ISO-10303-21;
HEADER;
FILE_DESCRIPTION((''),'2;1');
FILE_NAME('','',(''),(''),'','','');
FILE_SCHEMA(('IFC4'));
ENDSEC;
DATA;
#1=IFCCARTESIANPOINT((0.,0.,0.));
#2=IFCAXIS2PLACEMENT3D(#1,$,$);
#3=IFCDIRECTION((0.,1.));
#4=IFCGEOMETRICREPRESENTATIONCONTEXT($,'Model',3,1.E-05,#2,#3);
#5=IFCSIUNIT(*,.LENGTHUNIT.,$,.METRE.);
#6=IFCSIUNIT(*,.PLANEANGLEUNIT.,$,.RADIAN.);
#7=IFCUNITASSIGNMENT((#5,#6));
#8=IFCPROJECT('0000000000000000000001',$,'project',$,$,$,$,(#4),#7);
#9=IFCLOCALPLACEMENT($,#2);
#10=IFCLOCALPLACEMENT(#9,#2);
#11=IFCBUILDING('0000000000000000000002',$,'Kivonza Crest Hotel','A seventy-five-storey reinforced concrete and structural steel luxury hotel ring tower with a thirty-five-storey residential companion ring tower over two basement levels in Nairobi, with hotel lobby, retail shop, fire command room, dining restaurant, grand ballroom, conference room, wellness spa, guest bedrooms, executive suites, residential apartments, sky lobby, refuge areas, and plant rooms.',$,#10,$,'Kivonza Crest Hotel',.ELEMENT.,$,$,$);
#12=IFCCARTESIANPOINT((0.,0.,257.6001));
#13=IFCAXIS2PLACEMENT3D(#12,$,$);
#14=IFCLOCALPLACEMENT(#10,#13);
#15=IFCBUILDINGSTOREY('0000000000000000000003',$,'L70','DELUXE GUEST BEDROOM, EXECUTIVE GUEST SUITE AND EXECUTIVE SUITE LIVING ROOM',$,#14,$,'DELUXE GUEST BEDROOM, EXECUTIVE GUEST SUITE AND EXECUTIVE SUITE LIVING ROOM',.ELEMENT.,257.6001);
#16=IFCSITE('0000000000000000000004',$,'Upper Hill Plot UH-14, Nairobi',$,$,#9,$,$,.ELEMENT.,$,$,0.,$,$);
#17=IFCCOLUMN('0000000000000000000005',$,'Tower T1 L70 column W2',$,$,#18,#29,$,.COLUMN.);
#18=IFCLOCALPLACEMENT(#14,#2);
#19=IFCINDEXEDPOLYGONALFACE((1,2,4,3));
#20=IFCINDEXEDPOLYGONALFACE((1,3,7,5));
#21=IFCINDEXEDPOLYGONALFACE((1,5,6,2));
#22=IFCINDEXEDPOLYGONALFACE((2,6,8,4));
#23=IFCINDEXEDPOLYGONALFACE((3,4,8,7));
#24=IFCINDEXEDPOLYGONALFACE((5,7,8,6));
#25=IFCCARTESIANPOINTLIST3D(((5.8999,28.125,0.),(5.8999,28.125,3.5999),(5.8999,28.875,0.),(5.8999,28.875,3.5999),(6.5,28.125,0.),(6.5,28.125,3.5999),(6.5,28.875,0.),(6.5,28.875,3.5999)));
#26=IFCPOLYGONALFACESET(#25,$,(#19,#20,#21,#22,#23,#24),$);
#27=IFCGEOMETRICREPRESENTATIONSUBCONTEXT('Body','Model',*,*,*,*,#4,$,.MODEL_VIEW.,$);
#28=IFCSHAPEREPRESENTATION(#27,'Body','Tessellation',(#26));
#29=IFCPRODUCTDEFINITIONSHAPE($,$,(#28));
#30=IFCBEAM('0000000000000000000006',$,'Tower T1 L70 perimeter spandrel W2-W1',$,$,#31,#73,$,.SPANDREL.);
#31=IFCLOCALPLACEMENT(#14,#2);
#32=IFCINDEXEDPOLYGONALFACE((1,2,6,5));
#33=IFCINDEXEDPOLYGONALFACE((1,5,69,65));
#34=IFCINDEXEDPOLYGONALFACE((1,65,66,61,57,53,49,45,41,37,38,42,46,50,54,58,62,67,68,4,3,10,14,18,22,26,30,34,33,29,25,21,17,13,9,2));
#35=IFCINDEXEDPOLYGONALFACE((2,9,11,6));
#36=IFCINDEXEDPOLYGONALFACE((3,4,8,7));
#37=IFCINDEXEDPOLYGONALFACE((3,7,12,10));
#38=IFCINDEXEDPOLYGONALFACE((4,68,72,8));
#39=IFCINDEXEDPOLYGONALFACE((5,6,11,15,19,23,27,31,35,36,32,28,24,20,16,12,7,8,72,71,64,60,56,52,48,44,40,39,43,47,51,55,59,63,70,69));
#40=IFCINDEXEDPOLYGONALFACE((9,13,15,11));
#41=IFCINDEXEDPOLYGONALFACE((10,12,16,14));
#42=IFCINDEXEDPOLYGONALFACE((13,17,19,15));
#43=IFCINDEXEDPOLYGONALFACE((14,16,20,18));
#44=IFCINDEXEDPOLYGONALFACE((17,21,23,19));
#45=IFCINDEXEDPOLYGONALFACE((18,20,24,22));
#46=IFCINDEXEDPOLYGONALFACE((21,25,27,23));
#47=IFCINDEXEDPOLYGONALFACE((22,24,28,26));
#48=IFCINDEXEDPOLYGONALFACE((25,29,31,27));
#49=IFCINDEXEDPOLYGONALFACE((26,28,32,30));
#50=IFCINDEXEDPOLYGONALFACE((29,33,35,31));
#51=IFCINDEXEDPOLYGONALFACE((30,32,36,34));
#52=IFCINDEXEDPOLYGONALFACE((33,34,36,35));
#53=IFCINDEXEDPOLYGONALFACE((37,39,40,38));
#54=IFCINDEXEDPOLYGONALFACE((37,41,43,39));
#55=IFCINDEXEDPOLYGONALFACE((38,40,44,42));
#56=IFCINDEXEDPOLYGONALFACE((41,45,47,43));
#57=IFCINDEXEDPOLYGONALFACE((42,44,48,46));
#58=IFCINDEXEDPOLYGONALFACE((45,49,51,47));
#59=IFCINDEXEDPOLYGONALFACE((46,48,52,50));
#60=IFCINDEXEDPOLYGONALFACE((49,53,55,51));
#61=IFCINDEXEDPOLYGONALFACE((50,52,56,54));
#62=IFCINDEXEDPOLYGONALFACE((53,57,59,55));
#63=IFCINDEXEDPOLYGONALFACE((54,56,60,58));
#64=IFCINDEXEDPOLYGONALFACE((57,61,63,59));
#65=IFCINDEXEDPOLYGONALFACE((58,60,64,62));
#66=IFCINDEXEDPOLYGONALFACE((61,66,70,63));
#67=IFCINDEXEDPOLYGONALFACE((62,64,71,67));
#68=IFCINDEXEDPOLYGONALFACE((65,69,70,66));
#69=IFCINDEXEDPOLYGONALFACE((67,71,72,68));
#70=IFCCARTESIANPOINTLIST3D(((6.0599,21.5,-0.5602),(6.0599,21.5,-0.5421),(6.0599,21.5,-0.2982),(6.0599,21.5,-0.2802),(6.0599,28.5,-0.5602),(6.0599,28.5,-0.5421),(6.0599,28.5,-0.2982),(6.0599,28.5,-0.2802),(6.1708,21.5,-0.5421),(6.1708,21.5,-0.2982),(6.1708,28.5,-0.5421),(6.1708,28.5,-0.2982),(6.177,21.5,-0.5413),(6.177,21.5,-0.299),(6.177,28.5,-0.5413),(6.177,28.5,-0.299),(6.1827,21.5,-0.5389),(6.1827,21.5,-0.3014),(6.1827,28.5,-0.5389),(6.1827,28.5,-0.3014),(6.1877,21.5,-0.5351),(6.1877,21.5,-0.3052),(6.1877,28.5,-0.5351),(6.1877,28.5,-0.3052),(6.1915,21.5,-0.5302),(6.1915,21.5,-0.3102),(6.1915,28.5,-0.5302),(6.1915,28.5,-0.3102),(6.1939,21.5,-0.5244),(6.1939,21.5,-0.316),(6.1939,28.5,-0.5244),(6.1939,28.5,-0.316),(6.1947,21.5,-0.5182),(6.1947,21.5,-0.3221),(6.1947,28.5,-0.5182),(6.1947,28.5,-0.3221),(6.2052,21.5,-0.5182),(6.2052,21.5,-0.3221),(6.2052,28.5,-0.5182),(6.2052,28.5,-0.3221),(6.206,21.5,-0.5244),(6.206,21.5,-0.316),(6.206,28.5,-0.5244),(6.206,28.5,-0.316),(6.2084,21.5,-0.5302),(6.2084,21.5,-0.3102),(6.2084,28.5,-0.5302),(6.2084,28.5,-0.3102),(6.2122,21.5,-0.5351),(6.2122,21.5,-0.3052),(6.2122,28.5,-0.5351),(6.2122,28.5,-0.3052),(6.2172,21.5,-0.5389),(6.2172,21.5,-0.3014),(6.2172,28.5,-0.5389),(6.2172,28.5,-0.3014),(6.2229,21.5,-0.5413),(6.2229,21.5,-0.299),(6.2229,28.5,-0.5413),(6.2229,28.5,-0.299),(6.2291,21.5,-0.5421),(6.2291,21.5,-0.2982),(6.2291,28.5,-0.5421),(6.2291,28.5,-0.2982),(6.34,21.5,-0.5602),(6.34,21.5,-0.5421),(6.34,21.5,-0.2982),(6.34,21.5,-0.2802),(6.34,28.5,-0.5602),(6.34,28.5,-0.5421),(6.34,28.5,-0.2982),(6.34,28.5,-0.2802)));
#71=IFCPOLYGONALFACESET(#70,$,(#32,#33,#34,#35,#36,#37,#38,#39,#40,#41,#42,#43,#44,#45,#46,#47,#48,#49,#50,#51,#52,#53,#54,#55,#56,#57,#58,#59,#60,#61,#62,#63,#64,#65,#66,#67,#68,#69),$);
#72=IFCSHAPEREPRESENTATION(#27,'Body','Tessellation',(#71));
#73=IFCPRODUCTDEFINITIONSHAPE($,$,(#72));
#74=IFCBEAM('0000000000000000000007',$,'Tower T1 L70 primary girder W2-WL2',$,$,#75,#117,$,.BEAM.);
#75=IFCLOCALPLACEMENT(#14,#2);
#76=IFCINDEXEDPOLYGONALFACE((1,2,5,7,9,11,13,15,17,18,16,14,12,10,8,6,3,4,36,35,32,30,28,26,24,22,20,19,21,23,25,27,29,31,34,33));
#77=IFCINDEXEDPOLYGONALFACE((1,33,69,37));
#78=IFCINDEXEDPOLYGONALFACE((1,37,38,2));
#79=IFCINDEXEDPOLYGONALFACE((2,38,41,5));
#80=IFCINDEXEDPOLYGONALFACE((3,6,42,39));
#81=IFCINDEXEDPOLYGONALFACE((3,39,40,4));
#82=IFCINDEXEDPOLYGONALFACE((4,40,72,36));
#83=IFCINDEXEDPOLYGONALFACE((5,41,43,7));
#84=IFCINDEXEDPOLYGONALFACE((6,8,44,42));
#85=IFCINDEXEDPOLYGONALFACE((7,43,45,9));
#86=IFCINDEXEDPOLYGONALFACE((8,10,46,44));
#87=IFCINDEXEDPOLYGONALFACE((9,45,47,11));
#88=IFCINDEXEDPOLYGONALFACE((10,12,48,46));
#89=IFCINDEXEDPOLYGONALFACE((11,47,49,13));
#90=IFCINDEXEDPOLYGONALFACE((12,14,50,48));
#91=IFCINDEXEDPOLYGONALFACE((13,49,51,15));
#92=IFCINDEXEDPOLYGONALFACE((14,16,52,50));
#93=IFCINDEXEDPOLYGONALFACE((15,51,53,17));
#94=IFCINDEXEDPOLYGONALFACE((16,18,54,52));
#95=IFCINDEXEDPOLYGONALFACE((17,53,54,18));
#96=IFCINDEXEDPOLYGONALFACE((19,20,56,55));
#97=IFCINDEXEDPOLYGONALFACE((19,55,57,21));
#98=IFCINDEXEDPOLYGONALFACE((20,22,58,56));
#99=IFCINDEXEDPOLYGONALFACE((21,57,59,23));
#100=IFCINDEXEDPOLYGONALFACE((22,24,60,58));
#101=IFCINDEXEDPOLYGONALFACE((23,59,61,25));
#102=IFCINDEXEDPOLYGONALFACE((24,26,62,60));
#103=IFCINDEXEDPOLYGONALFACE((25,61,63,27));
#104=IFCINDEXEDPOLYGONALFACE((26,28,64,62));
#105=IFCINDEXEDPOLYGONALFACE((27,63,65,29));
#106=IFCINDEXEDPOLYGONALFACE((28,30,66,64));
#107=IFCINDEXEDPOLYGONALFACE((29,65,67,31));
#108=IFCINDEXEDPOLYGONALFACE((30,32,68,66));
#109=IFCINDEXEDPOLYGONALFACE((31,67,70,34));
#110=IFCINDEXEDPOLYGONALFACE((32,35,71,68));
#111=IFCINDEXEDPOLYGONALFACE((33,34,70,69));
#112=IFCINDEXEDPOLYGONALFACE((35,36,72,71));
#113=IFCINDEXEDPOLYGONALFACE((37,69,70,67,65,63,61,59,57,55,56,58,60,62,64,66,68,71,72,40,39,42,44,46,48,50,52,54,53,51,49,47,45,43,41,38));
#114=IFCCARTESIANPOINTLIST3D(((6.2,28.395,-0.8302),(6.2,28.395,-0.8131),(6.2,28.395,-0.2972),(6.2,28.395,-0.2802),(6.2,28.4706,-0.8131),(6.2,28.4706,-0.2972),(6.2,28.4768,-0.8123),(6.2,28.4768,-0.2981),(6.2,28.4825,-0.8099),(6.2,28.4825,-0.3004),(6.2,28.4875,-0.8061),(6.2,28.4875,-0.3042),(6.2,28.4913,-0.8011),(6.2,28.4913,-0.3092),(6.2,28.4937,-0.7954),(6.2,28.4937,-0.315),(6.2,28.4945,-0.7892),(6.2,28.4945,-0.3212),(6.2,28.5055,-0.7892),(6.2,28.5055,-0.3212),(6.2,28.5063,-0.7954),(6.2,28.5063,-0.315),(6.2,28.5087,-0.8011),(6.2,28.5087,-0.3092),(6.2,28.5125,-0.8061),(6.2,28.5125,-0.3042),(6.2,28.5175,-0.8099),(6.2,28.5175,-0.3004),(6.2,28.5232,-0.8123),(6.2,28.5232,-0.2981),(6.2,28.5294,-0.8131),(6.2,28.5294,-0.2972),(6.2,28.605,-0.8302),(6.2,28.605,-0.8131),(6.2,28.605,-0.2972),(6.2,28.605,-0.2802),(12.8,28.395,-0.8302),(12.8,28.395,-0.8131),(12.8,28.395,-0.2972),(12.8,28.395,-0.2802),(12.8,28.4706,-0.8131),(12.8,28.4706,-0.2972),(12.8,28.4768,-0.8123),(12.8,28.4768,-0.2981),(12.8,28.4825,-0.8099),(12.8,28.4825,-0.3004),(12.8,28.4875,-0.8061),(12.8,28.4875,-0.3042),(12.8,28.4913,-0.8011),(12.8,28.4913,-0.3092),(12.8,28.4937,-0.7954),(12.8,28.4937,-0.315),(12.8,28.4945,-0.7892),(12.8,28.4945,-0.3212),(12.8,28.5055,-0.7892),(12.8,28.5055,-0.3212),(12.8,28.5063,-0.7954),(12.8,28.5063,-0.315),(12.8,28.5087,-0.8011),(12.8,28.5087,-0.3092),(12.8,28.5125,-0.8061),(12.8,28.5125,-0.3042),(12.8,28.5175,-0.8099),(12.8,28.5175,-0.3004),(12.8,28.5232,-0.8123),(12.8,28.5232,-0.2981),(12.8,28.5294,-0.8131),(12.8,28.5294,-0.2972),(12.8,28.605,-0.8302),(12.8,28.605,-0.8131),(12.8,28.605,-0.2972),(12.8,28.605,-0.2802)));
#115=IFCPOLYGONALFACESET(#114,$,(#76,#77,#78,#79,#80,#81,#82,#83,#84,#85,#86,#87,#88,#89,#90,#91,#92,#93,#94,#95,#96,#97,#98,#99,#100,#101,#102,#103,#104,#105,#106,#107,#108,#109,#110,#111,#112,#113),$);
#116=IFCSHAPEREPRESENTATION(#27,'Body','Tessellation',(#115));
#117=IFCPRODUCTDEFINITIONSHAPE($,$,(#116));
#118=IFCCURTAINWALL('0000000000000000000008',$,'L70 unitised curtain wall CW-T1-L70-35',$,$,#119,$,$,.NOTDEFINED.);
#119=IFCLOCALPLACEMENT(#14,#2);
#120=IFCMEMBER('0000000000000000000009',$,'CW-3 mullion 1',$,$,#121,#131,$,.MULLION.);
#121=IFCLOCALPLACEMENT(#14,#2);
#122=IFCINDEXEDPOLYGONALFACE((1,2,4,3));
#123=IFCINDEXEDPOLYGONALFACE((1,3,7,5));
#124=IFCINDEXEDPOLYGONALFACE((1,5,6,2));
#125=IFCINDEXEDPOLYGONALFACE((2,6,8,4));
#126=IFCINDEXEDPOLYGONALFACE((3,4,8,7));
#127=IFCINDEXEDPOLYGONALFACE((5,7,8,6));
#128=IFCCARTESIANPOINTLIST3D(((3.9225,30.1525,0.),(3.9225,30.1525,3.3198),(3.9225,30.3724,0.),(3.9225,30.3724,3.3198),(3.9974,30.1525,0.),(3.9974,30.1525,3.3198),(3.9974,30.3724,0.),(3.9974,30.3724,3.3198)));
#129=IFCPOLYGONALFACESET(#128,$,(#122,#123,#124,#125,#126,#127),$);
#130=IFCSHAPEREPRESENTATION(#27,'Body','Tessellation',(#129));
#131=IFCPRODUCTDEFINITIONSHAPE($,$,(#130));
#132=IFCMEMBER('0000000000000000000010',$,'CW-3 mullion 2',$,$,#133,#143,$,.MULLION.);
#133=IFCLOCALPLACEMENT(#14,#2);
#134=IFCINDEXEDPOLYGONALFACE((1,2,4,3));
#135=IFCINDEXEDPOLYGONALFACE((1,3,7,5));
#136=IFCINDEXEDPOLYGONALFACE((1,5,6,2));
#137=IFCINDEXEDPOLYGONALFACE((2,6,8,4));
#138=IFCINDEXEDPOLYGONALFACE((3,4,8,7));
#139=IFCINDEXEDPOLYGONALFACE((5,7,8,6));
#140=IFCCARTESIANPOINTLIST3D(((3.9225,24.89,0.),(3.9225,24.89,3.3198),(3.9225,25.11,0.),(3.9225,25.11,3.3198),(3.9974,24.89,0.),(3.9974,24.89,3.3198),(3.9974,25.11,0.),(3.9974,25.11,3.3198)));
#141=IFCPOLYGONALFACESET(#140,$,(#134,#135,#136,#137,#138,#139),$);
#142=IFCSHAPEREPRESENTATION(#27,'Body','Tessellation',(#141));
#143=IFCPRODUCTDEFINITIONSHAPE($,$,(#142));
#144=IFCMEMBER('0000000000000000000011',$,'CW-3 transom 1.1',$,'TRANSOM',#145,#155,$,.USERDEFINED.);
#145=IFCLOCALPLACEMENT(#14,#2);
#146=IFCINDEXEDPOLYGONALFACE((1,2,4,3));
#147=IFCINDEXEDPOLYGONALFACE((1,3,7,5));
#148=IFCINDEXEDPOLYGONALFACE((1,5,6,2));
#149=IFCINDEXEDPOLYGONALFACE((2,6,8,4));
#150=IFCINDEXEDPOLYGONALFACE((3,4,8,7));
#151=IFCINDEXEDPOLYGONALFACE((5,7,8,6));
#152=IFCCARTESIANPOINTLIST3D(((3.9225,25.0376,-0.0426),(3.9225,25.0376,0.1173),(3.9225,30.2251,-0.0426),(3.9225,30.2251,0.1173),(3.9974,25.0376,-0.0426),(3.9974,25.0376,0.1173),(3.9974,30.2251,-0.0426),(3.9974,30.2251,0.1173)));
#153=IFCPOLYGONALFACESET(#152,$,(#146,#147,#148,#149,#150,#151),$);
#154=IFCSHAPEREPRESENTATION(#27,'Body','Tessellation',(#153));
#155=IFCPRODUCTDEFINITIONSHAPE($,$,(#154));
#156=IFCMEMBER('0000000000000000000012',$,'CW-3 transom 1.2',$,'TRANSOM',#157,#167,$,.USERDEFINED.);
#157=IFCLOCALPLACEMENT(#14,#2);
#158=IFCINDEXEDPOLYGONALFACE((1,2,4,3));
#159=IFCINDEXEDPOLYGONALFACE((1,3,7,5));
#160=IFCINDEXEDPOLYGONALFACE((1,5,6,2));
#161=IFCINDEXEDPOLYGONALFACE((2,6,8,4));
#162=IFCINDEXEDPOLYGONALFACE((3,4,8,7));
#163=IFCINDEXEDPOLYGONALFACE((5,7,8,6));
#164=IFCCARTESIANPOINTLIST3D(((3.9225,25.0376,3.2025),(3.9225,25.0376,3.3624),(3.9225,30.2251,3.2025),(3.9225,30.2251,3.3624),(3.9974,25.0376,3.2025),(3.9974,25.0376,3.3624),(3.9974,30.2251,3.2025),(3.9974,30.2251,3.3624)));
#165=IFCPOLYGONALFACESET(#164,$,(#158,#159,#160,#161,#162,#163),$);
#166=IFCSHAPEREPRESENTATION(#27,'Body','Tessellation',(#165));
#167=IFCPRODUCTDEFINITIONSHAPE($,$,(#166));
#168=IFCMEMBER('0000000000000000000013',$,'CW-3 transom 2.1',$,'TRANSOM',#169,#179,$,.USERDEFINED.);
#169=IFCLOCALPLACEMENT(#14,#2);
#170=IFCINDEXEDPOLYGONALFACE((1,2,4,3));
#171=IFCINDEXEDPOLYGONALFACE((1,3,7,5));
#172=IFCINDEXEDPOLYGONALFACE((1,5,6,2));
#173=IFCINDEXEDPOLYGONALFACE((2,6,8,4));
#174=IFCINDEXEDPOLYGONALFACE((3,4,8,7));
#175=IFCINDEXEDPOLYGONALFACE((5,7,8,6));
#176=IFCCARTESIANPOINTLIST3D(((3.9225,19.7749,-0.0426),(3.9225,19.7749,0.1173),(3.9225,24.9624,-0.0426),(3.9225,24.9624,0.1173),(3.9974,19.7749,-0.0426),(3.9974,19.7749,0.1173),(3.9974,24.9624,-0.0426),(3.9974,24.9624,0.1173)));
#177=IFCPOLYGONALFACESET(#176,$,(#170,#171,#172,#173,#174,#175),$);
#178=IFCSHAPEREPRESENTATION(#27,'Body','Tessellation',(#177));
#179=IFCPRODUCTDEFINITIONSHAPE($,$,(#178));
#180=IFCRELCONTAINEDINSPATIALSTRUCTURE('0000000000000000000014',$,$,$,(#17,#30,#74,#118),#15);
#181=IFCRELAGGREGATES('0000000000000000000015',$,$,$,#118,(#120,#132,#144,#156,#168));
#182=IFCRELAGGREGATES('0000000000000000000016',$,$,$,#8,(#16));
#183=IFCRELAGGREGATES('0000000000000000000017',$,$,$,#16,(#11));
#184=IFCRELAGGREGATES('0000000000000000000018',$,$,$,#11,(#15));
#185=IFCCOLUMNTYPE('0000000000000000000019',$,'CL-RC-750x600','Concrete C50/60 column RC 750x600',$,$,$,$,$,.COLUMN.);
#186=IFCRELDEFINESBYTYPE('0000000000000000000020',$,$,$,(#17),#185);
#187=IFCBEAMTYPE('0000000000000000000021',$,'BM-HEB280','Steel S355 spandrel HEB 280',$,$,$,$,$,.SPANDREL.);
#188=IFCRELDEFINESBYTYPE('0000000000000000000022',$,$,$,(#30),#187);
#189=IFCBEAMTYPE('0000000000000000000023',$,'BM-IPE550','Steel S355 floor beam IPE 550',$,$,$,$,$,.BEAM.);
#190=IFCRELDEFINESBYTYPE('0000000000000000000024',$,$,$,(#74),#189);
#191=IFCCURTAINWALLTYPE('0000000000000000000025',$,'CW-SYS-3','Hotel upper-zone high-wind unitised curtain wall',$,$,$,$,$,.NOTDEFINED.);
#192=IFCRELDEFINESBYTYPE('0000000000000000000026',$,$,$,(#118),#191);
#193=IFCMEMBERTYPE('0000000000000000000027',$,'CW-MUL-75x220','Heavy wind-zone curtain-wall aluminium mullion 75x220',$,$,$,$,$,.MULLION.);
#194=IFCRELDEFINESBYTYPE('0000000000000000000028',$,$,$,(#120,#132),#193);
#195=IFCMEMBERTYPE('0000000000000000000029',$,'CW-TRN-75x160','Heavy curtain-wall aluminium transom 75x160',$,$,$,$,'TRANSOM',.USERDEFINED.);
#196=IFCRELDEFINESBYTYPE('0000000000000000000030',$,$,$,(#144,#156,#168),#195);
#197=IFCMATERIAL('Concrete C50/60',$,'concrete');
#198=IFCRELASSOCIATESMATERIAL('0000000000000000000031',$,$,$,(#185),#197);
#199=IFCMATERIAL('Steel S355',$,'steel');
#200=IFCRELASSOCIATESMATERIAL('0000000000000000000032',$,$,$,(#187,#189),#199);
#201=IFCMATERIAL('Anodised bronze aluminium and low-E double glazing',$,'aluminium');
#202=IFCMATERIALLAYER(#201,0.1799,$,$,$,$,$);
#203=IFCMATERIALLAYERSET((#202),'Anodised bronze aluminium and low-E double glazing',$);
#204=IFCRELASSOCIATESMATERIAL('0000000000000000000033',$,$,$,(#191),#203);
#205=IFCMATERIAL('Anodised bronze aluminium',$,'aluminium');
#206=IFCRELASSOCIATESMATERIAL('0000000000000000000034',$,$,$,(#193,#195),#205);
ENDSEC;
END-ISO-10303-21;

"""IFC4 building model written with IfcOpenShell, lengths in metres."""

from ifc_helpers import new_model, si_unit, direction, frame, origin, origin_2d, place, context, subcontext, project, spatial, rectangle, i_section, extrude, material, layer, layer_set, material_profile, profile_set, type_object, element, aggregate, save


model = new_model("IFC4")

# Units and contexts
model_context = context("Model", 3, precision=1e-05, world=origin(), true_north=direction((0.0, 1.0)))
body_context = subcontext(model_context, "Body", "Model", "MODEL_VIEW")
ifc_project = project(units=[si_unit("LENGTHUNIT", "METRE"), si_unit("PLANEANGLEUNIT", "RADIAN")], contexts=[model_context])

# Site, building, storey
site_placement = place(None, origin())
site = spatial("IfcSite", under=ifc_project, at=site_placement, Name="Upper Hill Plot UH-14, Nairobi", CompositionType="ELEMENT", RefElevation=0.0)
building_placement = place(site_placement, origin())
building = spatial("IfcBuilding", under=site, at=building_placement, Name="Kivonza Crest Hotel", Description="A seventy-five-storey reinforced concrete and structural steel luxury hotel ring tower with a thirty-five-storey residential companion ring tower over two basement levels in Nairobi, with hotel lobby, retail shop, fire command room, dining restaurant, grand ballroom, conference room, wellness spa, guest bedrooms, executive suites, residential apartments, sky lobby, refuge areas, and plant rooms.", LongName="Kivonza Crest Hotel", CompositionType="ELEMENT")
storey_placement = place(building_placement, frame((0.0, 0.0, 257.6001)))
storey = spatial("IfcBuildingStorey", under=building, at=storey_placement, Name="L70", Description="DELUXE GUEST BEDROOM, EXECUTIVE GUEST SUITE AND EXECUTIVE SUITE LIVING ROOM", LongName="DELUXE GUEST BEDROOM, EXECUTIVE GUEST SUITE AND EXECUTIVE SUITE LIVING ROOM", CompositionType="ELEMENT", Elevation=257.6001)

# Column
ifc_material_1 = material(Name="Concrete C50/60", Category="concrete")
ifc_material_profile_1 = material_profile(ifc_material_1, rectangle(XDim=0.6001, YDim=0.75, at=origin_2d()), Name="RC 750x600")
ifc_profile_set_1 = profile_set([ifc_material_profile_1], Name="Concrete C50/60")
column_type = type_object("IfcColumnType", Name="CL-RC-750x600", Description="Concrete C50/60 column RC 750x600", PredefinedType="COLUMN", material=ifc_profile_set_1)
column_placement = place(storey_placement, frame((6.2, 28.5, 0.0), z_axis=(0.0, 0.0, 1.0), x_axis=(1.0, 0.0, 0.0)))
element("IfcColumn", 1, at=column_placement, inside=storey, type_object=column_type, Name="Tower T1 L70 column W2", PredefinedType="COLUMN", context=body_context, shape_type="SweptSolid", body=[
    extrude(rectangle(XDim=0.6001, YDim=0.75, at=origin_2d()), origin(), (0.0, 0.0, 1.0), 3.5999),
])

# Beams
ifc_material_2 = material(Name="Steel S355", Category="steel")
ifc_material_profile_2 = material_profile(ifc_material_2, i_section(OverallWidth=0.28, OverallDepth=0.28, WebThickness=0.0105, FlangeThickness=0.0181, FilletRadius=0.0239, at=origin_2d()), Name="HEB 280")
ifc_profile_set_2 = profile_set([ifc_material_profile_2], Name="Steel S355")
beam_type_1 = type_object("IfcBeamType", Name="BM-HEB280", Description="Steel S355 spandrel HEB 280", PredefinedType="SPANDREL", material=ifc_profile_set_2)
beam_1_placement = place(storey_placement, frame((6.2, 28.5, -0.4202), z_axis=(0.0, -1.0, 0.0), x_axis=(1.0, 0.0, 0.0)))
element("IfcBeam", 2, at=beam_1_placement, inside=storey, type_object=beam_type_1, Name="Tower T1 L70 perimeter spandrel W2-W1", PredefinedType="SPANDREL", context=body_context, shape_type="SweptSolid", body=[
    extrude(i_section(OverallWidth=0.28, OverallDepth=0.28, WebThickness=0.0105, FlangeThickness=0.0181, FilletRadius=0.0239, at=origin_2d()), origin(), (0.0, 0.0, 1.0), 7.0),
])
ifc_material_profile_3 = material_profile(ifc_material_2, i_section(OverallWidth=0.21, OverallDepth=0.55, WebThickness=0.011, FlangeThickness=0.0171, FilletRadius=0.0239, at=origin_2d()), Name="IPE 550")
ifc_profile_set_3 = profile_set([ifc_material_profile_3], Name="Steel S355")
beam_type_2 = type_object("IfcBeamType", Name="BM-IPE550", Description="Steel S355 floor beam IPE 550", PredefinedType="BEAM", material=ifc_profile_set_3)
beam_2_placement = place(storey_placement, frame((6.2, 28.5, -0.5552), z_axis=(1.0, 0.0, 0.0), x_axis=(0.0, 1.0, 0.0)))
element("IfcBeam", 3, at=beam_2_placement, inside=storey, type_object=beam_type_2, Name="Tower T1 L70 primary girder W2-WL2", PredefinedType="BEAM", context=body_context, shape_type="SweptSolid", body=[
    extrude(i_section(OverallWidth=0.21, OverallDepth=0.55, WebThickness=0.011, FlangeThickness=0.0171, FilletRadius=0.0239, at=origin_2d()), origin(), (0.0, 0.0, 1.0), 6.6001),
])

# Curtain wall, members
ifc_material_3 = material(Name="Anodised bronze aluminium and low-E double glazing", Category="aluminium")
ifc_layer_1 = layer(ifc_material_3, 0.1799)
ifc_layer_set_1 = layer_set([ifc_layer_1], Name="Anodised bronze aluminium and low-E double glazing")
curtain_wall_type = type_object("IfcCurtainWallType", Name="CW-SYS-3", Description="Hotel upper-zone high-wind unitised curtain wall", PredefinedType="NOTDEFINED", material=ifc_layer_set_1)
curtain_wall_placement = place(storey_placement, origin())
curtain_wall = element("IfcCurtainWall", 4, at=curtain_wall_placement, inside=storey, type_object=curtain_wall_type, Name="L70 unitised curtain wall CW-T1-L70-35", PredefinedType="NOTDEFINED")
ifc_material_4 = material(Name="Anodised bronze aluminium", Category="aluminium")
ifc_material_profile_4 = material_profile(ifc_material_4, rectangle(XDim=0.075, YDim=0.22, at=origin_2d()), Name="CW-M 75x220")
ifc_profile_set_4 = profile_set([ifc_material_profile_4], Name="Anodised bronze aluminium")
member_type_1 = type_object("IfcMemberType", Name="CW-MUL-75x220", Description="Heavy wind-zone curtain-wall aluminium mullion 75x220", PredefinedType="MULLION", material=ifc_profile_set_4)
member_1_placement = place(storey_placement, frame((3.96, 30.2625, 0.0), z_axis=(0.0, 0.0, 1.0), x_axis=(1.0, 0.0, 0.0)))
member_1 = element("IfcMember", 5, at=member_1_placement, type_object=member_type_1, Name="CW-3 mullion 1", PredefinedType="MULLION", context=body_context, shape_type="SweptSolid", body=[
    extrude(rectangle(XDim=0.075, YDim=0.22, at=origin_2d()), origin(), (0.0, 0.0, 1.0), 3.3198),
])
member_2_placement = place(storey_placement, frame((3.96, 25.0, 0.0), z_axis=(0.0, 0.0, 1.0), x_axis=(1.0, 0.0, 0.0)))
member_2 = element("IfcMember", 6, at=member_2_placement, type_object=member_type_1, Name="CW-3 mullion 2", PredefinedType="MULLION", context=body_context, shape_type="SweptSolid", body=[
    extrude(rectangle(XDim=0.075, YDim=0.22, at=origin_2d()), origin(), (0.0, 0.0, 1.0), 3.3198),
])
ifc_material_profile_5 = material_profile(ifc_material_4, rectangle(XDim=0.075, YDim=0.1599, at=origin_2d()), Name="CW-T 75x160")
ifc_profile_set_5 = profile_set([ifc_material_profile_5], Name="Anodised bronze aluminium")
member_type_2 = type_object("IfcMemberType", Name="CW-TRN-75x160", Description="Heavy curtain-wall aluminium transom 75x160", ElementType="TRANSOM", PredefinedType="USERDEFINED", material=ifc_profile_set_5)
member_3_placement = place(storey_placement, frame((3.96, 30.2251, 0.0374), z_axis=(0.0, -1.0, 0.0), x_axis=(1.0, 0.0, 0.0)))
member_3 = element("IfcMember", 7, at=member_3_placement, type_object=member_type_2, Name="CW-3 transom 1.1", ObjectType="TRANSOM", PredefinedType="USERDEFINED", context=body_context, shape_type="SweptSolid", body=[
    extrude(rectangle(XDim=0.075, YDim=0.1599, at=origin_2d()), origin(), (0.0, 0.0, 1.0), 5.1875),
])
member_4_placement = place(storey_placement, frame((3.96, 30.2251, 3.2825), z_axis=(0.0, -1.0, 0.0), x_axis=(1.0, 0.0, 0.0)))
member_4 = element("IfcMember", 8, at=member_4_placement, type_object=member_type_2, Name="CW-3 transom 1.2", ObjectType="TRANSOM", PredefinedType="USERDEFINED", context=body_context, shape_type="SweptSolid", body=[
    extrude(rectangle(XDim=0.075, YDim=0.1599, at=origin_2d()), origin(), (0.0, 0.0, 1.0), 5.1875),
])
member_5_placement = place(storey_placement, frame((3.96, 24.9624, 0.0374), z_axis=(0.0, -1.0, 0.0), x_axis=(1.0, 0.0, 0.0)))
member_5 = element("IfcMember", 9, at=member_5_placement, type_object=member_type_2, Name="CW-3 transom 2.1", ObjectType="TRANSOM", PredefinedType="USERDEFINED", context=body_context, shape_type="SweptSolid", body=[
    extrude(rectangle(XDim=0.075, YDim=0.1599, at=origin_2d()), origin(), (0.0, 0.0, 1.0), 5.1875),
])
aggregate(curtain_wall, [member_1, member_2, member_3, member_4, member_5])

save(model, "model.ifc")
